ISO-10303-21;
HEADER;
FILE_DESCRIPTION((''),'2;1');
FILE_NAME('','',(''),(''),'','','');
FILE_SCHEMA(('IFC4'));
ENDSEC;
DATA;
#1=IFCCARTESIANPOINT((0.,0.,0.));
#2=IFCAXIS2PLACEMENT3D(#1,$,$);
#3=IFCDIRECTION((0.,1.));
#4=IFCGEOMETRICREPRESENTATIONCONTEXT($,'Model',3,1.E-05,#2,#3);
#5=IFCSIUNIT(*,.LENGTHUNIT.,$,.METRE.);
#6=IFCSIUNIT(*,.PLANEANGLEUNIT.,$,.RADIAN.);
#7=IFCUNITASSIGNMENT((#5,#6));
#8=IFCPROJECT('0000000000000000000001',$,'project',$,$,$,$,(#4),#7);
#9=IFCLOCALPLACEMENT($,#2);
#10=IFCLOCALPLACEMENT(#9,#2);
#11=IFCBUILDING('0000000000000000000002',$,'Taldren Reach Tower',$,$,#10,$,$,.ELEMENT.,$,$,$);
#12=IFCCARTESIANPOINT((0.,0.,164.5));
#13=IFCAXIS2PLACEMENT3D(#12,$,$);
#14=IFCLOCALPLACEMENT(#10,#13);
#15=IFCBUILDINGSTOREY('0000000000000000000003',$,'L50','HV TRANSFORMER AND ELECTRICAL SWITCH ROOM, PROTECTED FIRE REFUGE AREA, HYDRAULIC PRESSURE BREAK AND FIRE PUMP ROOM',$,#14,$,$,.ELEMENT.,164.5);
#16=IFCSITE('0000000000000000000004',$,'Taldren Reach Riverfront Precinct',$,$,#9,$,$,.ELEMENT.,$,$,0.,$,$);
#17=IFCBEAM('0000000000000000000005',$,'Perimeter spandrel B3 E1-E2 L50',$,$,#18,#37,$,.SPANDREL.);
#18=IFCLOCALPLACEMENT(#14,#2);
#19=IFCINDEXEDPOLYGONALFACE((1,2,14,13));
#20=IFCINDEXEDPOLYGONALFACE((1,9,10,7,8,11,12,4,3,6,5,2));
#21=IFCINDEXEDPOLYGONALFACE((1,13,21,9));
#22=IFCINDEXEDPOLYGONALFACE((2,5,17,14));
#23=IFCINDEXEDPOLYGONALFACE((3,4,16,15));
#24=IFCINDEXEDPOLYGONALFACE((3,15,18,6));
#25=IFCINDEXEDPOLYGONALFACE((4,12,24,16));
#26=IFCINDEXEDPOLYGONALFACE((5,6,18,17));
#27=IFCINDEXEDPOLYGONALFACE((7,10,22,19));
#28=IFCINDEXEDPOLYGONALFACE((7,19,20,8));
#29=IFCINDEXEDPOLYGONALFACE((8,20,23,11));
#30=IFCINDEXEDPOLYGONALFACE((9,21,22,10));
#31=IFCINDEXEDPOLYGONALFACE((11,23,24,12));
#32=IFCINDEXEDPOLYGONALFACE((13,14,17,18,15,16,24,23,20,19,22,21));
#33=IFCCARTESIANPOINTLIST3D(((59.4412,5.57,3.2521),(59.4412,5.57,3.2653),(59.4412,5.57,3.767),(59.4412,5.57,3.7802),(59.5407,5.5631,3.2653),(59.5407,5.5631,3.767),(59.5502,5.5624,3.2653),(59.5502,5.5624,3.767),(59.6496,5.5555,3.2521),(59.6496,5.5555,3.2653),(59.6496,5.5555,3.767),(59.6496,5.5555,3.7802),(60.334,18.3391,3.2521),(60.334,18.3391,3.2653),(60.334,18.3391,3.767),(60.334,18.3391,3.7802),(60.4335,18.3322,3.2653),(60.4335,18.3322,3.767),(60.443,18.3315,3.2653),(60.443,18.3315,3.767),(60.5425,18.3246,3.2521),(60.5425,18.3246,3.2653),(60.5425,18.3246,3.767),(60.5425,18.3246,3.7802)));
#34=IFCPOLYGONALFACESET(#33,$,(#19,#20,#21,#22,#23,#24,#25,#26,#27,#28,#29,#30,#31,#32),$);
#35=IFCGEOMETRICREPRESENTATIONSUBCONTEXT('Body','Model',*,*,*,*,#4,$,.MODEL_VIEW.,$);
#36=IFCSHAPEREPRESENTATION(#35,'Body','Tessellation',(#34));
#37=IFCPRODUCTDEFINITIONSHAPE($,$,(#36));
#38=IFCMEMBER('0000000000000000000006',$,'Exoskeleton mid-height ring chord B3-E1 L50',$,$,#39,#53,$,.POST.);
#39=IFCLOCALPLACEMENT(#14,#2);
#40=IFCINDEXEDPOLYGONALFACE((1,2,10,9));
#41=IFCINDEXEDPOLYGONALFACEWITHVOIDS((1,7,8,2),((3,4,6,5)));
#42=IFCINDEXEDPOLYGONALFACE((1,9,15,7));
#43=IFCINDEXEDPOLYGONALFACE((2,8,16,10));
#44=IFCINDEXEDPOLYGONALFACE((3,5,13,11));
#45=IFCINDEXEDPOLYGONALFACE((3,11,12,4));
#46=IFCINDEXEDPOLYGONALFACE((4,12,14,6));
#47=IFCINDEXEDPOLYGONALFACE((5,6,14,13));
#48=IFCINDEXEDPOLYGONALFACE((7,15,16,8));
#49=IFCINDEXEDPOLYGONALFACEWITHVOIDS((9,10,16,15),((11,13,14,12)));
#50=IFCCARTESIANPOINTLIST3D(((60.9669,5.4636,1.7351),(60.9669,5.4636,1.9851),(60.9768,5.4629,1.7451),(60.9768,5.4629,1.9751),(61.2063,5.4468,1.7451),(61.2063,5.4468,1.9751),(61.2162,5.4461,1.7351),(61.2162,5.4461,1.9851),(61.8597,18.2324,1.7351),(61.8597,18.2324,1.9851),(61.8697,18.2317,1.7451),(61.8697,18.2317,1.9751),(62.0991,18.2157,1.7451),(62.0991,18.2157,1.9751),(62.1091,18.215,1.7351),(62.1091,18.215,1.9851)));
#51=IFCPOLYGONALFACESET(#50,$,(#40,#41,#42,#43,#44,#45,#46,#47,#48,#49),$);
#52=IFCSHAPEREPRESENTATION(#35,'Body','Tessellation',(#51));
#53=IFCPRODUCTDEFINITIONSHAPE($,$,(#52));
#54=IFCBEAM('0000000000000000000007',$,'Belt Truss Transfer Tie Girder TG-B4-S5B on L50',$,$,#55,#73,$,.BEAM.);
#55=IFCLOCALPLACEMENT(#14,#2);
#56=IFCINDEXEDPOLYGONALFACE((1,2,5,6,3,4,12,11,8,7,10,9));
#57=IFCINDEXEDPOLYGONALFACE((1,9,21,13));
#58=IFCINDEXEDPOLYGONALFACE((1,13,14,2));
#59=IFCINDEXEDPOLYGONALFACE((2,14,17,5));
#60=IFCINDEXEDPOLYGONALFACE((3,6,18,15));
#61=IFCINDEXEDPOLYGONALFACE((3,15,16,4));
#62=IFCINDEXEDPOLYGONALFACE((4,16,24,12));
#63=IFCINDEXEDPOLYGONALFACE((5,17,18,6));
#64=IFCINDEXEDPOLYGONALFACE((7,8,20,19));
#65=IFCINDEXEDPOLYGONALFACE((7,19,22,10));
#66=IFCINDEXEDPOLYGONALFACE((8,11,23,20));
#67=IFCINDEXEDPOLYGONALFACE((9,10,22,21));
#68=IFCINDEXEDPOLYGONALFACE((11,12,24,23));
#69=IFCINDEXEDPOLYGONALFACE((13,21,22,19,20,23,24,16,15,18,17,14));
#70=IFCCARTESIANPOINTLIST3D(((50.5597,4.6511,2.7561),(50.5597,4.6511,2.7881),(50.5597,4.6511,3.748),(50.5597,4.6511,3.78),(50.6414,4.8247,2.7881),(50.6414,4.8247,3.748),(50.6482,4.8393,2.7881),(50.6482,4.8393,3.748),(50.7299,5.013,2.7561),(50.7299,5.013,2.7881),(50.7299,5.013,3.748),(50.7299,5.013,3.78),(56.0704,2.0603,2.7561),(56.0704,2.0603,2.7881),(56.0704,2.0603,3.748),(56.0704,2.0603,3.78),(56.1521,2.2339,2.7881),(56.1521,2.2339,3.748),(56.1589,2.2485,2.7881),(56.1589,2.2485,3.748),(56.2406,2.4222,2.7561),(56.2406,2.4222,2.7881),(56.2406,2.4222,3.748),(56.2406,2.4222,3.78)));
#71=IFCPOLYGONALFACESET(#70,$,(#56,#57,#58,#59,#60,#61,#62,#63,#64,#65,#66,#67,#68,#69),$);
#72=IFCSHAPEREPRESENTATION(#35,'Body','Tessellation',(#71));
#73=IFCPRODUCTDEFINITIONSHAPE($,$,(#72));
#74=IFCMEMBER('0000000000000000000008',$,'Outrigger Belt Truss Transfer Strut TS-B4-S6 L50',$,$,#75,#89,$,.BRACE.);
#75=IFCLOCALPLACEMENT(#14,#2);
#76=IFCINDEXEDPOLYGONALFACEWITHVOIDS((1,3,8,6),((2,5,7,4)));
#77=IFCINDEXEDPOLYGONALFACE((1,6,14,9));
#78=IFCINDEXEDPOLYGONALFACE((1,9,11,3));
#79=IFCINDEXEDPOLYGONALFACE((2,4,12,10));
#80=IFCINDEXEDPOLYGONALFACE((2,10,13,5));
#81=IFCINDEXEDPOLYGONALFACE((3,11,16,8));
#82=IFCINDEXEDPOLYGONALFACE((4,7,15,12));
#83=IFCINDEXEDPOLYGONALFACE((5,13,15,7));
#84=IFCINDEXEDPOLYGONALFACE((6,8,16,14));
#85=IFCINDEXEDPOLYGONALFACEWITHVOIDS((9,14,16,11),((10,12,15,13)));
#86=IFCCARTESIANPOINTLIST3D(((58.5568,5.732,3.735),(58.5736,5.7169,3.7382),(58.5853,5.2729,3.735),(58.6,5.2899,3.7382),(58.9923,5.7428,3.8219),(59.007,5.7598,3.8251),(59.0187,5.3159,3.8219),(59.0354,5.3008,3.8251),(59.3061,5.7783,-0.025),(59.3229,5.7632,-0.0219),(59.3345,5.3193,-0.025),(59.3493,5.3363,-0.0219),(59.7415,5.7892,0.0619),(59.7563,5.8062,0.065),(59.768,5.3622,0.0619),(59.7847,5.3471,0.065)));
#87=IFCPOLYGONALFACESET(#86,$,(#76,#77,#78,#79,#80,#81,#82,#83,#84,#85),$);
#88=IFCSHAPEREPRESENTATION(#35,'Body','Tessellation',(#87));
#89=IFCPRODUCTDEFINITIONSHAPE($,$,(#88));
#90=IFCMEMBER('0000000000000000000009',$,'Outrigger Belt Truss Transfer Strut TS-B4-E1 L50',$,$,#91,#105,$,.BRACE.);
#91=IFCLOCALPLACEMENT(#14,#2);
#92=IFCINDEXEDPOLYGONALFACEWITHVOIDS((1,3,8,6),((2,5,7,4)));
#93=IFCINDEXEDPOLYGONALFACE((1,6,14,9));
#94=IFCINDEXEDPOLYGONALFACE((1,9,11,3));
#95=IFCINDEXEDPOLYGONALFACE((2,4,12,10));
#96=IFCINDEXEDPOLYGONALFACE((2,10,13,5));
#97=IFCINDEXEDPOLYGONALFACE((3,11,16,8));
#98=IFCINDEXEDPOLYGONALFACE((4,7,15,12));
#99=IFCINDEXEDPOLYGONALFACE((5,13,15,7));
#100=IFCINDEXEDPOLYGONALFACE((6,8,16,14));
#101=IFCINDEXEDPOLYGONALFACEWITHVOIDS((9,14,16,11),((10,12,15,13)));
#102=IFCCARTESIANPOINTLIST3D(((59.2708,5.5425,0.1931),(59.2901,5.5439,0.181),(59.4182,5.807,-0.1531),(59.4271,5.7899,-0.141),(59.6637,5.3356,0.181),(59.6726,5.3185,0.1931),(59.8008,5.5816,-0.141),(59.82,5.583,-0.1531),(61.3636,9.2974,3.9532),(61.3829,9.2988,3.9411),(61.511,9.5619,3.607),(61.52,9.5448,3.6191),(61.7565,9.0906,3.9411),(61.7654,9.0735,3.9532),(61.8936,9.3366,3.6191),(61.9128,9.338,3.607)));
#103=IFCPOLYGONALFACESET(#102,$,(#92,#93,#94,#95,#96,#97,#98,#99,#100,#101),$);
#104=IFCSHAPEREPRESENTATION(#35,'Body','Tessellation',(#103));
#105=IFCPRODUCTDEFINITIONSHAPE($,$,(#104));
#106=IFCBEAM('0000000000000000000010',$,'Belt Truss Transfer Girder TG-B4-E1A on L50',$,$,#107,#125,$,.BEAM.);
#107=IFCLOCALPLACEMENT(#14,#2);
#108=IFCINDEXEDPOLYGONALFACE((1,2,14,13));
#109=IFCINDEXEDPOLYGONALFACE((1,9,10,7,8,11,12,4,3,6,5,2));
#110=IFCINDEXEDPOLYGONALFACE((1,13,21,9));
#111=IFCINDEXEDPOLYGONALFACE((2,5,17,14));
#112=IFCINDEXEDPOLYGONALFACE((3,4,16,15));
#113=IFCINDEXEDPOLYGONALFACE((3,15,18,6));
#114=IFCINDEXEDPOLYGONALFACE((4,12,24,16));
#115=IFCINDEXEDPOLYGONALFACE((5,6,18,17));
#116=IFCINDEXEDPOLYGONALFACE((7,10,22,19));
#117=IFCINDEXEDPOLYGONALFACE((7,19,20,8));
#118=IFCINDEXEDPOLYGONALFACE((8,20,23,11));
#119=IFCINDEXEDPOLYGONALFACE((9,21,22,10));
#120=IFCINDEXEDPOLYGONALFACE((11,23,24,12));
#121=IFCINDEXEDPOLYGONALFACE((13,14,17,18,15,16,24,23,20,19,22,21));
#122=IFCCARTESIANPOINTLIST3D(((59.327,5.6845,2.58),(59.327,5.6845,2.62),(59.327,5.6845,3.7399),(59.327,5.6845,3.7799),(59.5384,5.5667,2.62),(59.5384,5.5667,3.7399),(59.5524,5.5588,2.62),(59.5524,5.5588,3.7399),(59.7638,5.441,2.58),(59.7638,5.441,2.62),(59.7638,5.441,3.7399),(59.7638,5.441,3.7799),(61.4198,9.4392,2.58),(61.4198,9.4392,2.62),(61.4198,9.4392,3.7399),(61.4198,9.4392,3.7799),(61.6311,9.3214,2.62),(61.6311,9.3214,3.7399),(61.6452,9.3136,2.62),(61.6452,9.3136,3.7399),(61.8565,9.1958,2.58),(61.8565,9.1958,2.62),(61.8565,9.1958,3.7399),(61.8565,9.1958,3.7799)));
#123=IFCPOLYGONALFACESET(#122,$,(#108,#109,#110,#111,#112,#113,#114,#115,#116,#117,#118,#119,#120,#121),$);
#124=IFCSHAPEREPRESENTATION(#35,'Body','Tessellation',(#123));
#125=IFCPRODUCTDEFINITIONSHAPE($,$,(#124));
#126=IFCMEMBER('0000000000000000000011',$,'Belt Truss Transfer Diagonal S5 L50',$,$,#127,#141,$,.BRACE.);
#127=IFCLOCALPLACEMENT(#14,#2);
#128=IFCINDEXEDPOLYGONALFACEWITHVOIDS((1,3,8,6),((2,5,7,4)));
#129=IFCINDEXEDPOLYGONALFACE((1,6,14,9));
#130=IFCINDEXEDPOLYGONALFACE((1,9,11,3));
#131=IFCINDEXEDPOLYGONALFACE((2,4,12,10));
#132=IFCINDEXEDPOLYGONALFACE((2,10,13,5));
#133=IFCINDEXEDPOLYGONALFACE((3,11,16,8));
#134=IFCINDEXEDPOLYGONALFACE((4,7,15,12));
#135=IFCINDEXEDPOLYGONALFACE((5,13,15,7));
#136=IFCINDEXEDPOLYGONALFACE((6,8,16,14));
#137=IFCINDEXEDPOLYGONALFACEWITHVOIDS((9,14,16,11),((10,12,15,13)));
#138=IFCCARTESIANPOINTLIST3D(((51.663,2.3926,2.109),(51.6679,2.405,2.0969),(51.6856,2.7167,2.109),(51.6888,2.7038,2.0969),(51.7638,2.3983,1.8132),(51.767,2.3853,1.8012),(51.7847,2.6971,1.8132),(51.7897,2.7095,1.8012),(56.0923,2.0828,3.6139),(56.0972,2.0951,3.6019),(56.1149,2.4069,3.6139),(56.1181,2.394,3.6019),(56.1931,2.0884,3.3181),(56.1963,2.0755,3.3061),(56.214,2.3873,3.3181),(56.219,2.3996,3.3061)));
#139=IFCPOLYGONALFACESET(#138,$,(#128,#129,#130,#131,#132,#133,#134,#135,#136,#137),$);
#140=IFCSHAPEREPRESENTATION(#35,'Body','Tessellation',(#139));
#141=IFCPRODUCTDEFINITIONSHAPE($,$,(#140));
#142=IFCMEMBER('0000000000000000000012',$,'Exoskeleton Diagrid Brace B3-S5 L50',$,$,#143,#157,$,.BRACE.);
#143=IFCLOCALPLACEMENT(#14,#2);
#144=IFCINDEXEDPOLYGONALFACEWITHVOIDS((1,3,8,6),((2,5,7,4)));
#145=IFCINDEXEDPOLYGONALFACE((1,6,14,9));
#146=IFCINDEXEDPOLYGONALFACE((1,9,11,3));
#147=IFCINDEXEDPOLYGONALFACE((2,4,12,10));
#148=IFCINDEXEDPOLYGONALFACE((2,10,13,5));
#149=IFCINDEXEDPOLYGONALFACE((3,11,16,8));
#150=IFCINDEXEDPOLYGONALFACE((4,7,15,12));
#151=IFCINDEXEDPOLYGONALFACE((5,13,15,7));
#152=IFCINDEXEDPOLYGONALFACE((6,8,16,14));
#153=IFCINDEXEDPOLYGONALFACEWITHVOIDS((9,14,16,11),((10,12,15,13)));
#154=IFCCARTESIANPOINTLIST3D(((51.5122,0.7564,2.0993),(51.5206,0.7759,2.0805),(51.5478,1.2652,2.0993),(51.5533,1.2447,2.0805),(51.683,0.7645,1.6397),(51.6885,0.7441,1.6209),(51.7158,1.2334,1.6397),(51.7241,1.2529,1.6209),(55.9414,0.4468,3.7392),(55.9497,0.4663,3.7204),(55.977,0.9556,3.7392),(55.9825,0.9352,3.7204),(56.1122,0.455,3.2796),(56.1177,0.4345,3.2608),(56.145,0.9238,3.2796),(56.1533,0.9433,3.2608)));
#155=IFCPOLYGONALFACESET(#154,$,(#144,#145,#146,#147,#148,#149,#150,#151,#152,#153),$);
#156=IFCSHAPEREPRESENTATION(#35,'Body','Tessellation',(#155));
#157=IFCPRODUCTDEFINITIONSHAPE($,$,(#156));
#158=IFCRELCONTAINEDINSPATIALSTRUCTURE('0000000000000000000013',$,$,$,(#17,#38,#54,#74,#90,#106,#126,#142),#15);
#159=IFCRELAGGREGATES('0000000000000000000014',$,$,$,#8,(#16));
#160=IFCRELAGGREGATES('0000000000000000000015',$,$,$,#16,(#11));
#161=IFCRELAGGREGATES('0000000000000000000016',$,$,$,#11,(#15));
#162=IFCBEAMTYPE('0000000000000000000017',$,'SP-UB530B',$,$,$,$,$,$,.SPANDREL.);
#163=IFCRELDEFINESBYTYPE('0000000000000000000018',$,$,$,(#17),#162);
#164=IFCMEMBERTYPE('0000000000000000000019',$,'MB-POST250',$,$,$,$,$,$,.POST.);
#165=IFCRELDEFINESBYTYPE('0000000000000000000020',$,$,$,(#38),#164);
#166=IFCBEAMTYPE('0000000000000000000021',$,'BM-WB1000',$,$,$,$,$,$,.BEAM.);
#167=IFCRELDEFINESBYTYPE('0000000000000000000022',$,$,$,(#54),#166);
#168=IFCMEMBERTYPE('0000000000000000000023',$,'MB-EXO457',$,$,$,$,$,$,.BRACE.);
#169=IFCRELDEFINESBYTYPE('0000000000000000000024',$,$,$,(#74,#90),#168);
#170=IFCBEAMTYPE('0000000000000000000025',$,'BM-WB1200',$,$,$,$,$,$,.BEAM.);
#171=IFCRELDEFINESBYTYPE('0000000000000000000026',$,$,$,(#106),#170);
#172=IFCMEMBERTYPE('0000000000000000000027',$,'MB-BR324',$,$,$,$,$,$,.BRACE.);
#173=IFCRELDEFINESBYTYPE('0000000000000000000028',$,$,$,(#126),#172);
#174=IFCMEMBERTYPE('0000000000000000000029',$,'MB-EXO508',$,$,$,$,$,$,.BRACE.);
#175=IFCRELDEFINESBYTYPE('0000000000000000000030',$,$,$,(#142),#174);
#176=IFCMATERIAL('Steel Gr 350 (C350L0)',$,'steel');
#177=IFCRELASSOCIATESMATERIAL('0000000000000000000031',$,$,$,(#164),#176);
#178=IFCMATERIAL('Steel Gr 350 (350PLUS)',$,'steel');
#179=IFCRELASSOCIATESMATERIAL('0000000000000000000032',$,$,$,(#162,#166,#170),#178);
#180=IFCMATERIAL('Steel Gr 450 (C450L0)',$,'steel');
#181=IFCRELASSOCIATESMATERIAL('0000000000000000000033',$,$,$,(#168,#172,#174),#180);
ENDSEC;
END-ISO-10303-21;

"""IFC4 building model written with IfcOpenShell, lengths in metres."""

from ifc_helpers import new_model, si_unit, direction, frame, origin, origin_2d, place, context, subcontext, project, spatial, hollow_rectangle, i_section, extrude, source, transform, mapped, material, material_profile, profile_set, type_object, element, save


model = new_model("IFC4")

# Units and contexts
model_context = context("Model", 3, precision=1e-05, world=origin(), true_north=direction((0.0, 1.0)))
body_context = subcontext(model_context, "Body", "Model", "MODEL_VIEW")
ifc_project = project(units=[si_unit("LENGTHUNIT", "METRE"), si_unit("PLANEANGLEUNIT", "RADIAN")], contexts=[model_context])

# Site, building, storey
site_placement = place(None, origin())
site = spatial("IfcSite", under=ifc_project, at=site_placement, Name="Taldren Reach Riverfront Precinct", CompositionType="ELEMENT", RefElevation=0.0)
building_placement = place(site_placement, origin())
building = spatial("IfcBuilding", under=site, at=building_placement, Name="Taldren Reach Tower", CompositionType="ELEMENT")
storey_placement = place(building_placement, frame((0.0, 0.0, 164.5)))
storey = spatial("IfcBuildingStorey", under=building, at=storey_placement, Name="L50", Description="HV TRANSFORMER AND ELECTRICAL SWITCH ROOM, PROTECTED FIRE REFUGE AREA, HYDRAULIC PRESSURE BREAK AND FIRE PUMP ROOM", CompositionType="ELEMENT", Elevation=164.5)

# Shared definitions
ifc_material_1 = material(Name="Steel Gr 450 (C450L0)", Category="steel")
ifc_material_2 = material(Name="Steel Gr 350 (350PLUS)", Category="steel")

# Shared definitions
ifc_material_3 = material(Name="Steel Gr 350 (C350L0)", Category="steel")
ifc_material_profile_1 = material_profile(ifc_material_3, hollow_rectangle(XDim=0.25, YDim=0.25, WallThickness=0.01, at=origin_2d()), Name="250x250x10.0SHS")
ifc_profile_set_1 = profile_set([ifc_material_profile_1], Name="Steel Gr 350 (C350L0)")
member_type_1 = type_object("IfcMemberType", Name="MB-POST250", PredefinedType="POST", material=ifc_profile_set_1)

# Beam
ifc_material_profile_2 = material_profile(ifc_material_2, i_section(OverallWidth=0.209, OverallDepth=0.5281, WebThickness=0.0095, FlangeThickness=0.0132, at=origin_2d()), Name="530UB82.0")
ifc_profile_set_2 = profile_set([ifc_material_profile_2], Name="Steel Gr 350 (350PLUS)")
beam_type_1 = type_object("IfcBeamType", Name="SP-UB530B", PredefinedType="SPANDREL", material=ifc_profile_set_2)
shared_shape_1 = source(origin(), body_context, "Body", "SweptSolid", [
    extrude(i_section(OverallWidth=0.209, OverallDepth=0.5281, WebThickness=0.0095, FlangeThickness=0.0132, at=origin_2d()), origin(), (0.0, 0.0, 1.0), 12.8003),
])
beam_1_placement = place(storey_placement, frame((59.5454, 5.5627, 3.5161), z_axis=(0.069751, 0.997564, 0.0), x_axis=(-0.997564, 0.069751, 0.0)))
element("IfcBeam", 1, at=beam_1_placement, inside=storey, type_object=beam_type_1, Name="Perimeter spandrel B3 E1-E2 L50", PredefinedType="SPANDREL", context=body_context, shape_type="MappedRepresentation", body=[
    mapped(shared_shape_1, transform((0.0, 0.0, 0.0), scale=1.0)),
])

# Member
shared_shape_2 = source(origin(), body_context, "Body", "SweptSolid", [
    extrude(hollow_rectangle(XDim=0.25, YDim=0.25, WallThickness=0.01, at=origin_2d()), origin(), (0.0, 0.0, 1.0), 12.8),
])
member_1_placement = place(storey_placement, frame((61.0916, 5.4548, 1.8601), z_axis=(0.069752, 0.997564, 0.0), x_axis=(-0.997564, 0.069752, 0.0)))
element("IfcMember", 2, at=member_1_placement, inside=storey, type_object=member_type_1, Name="Exoskeleton mid-height ring chord B3-E1 L50", PredefinedType="POST", context=body_context, shape_type="MappedRepresentation", body=[
    mapped(shared_shape_2, transform((0.0, 0.0, 0.0), scale=1.0)),
])

# Beam
ifc_material_profile_3 = material_profile(ifc_material_2, i_section(OverallWidth=0.3999, OverallDepth=1.0239, WebThickness=0.0161, FlangeThickness=0.032, at=origin_2d()), Name="1000WB322")
ifc_profile_set_3 = profile_set([ifc_material_profile_3], Name="Steel Gr 350 (350PLUS)")
beam_type_2 = type_object("IfcBeamType", Name="BM-WB1000", PredefinedType="BEAM", material=ifc_profile_set_3)
shared_shape_3 = source(origin(), body_context, "Body", "SweptSolid", [
    extrude(i_section(OverallWidth=0.3999, OverallDepth=1.0239, WebThickness=0.0161, FlangeThickness=0.032, at=origin_2d()), origin(), (0.0, 0.0, 1.0), 6.0894),
])
beam_2_placement = place(storey_placement, frame((56.1555, 2.2412, 3.2681), z_axis=(-0.904975, 0.425465, 0.0), x_axis=(-0.425465, -0.904975, 0.0)))
element("IfcBeam", 3, at=beam_2_placement, inside=storey, type_object=beam_type_2, Name="Belt Truss Transfer Tie Girder TG-B4-S5B on L50", PredefinedType="BEAM", context=body_context, shape_type="MappedRepresentation", body=[
    mapped(shared_shape_3, transform((0.0, 0.0, 0.0), scale=1.0)),
])

# Members
ifc_material_profile_4 = material_profile(ifc_material_1, hollow_rectangle(XDim=0.46, YDim=0.46, WallThickness=0.0161, at=origin_2d()), Name="460x460x16.0SHS")
ifc_profile_set_4 = profile_set([ifc_material_profile_4], Name="Steel Gr 450 (C450L0)")
member_type_2 = type_object("IfcMemberType", Name="MB-EXO457", PredefinedType="BRACE", material=ifc_profile_set_4)
shared_shape_4 = source(origin(), body_context, "Body", "SweptSolid", [
    extrude(hollow_rectangle(XDim=0.46, YDim=0.46, WallThickness=0.0161, at=origin_2d()), origin(), (0.0, 0.0, 1.0), 3.8342),
])
member_2_placement = place(storey_placement, frame((59.5454, 5.5627, 0.02), z_axis=(-0.195416, -0.012098, 0.980646), x_axis=(0.061791, -0.998089, 0.0)))
element("IfcMember", 4, at=member_2_placement, inside=storey, type_object=member_type_2, Name="Outrigger Belt Truss Transfer Strut TS-B4-S6 L50", PredefinedType="BRACE", context=body_context, shape_type="MappedRepresentation", body=[
    mapped(shared_shape_4, transform((0.0, 0.0, 0.0), scale=1.0)),
])
shared_shape_5 = source(origin(), body_context, "Body", "SweptSolid", [
    extrude(hollow_rectangle(XDim=0.46, YDim=0.46, WallThickness=0.0161, at=origin_2d()), origin(), (0.0, 0.0, 1.0), 5.7112),
])
member_3_placement = place(storey_placement, frame((59.5454, 5.5627, 0.02), z_axis=(0.36644, 0.657472, 0.65837), x_axis=(-0.873492, 0.486838, 0.0)))
element("IfcMember", 5, at=member_3_placement, inside=storey, type_object=member_type_2, Name="Outrigger Belt Truss Transfer Strut TS-B4-E1 L50", PredefinedType="BRACE", context=body_context, shape_type="MappedRepresentation", body=[
    mapped(shared_shape_5, transform((0.0, 0.0, 0.0), scale=1.0)),
])

# Beam
ifc_material_profile_5 = material_profile(ifc_material_2, i_section(OverallWidth=0.5, OverallDepth=1.2, WebThickness=0.0161, FlangeThickness=0.04, at=origin_2d()), Name="1200WB455")
ifc_profile_set_5 = profile_set([ifc_material_profile_5], Name="Steel Gr 350 (350PLUS)")
beam_type_3 = type_object("IfcBeamType", Name="BM-WB1200", PredefinedType="BEAM", material=ifc_profile_set_5)
shared_shape_6 = source(origin(), body_context, "Body", "SweptSolid", [
    extrude(i_section(OverallWidth=0.5, OverallDepth=1.2, WebThickness=0.0161, FlangeThickness=0.04, at=origin_2d()), origin(), (0.0, 0.0, 1.0), 4.2986),
])
beam_3_placement = place(storey_placement, frame((59.5454, 5.5627, 3.1799), z_axis=(0.486838, 0.873492, 0.0), x_axis=(-0.873492, 0.486838, 0.0)))
element("IfcBeam", 6, at=beam_3_placement, inside=storey, type_object=beam_type_3, Name="Belt Truss Transfer Girder TG-B4-E1A on L50", PredefinedType="BEAM", context=body_context, shape_type="MappedRepresentation", body=[
    mapped(shared_shape_6, transform((0.0, 0.0, 0.0), scale=1.0)),
])

# Members
ifc_material_profile_6 = material_profile(ifc_material_1, hollow_rectangle(XDim=0.325, YDim=0.325, WallThickness=0.0127, at=origin_2d()), Name="325x325x12.7SHS")
ifc_profile_set_6 = profile_set([ifc_material_profile_6], Name="Steel Gr 450 (C450L0)")
member_type_3 = type_object("IfcMemberType", Name="MB-BR324", PredefinedType="BRACE", material=ifc_profile_set_6)
shared_shape_7 = source(origin(), body_context, "Body", "SweptSolid", [
    extrude(hollow_rectangle(XDim=0.325, YDim=0.325, WallThickness=0.0127, at=origin_2d()), origin(), (0.0, 0.0, 1.0), 4.6882),
])
member_4_placement = place(storey_placement, frame((51.7263, 2.551, 1.9551), z_axis=(0.944771, -0.066085, 0.320999), x_axis=(0.069778, 0.997563, 0.0)))
element("IfcMember", 7, at=member_4_placement, inside=storey, type_object=member_type_3, Name="Belt Truss Transfer Diagonal S5 L50", PredefinedType="BRACE", context=body_context, shape_type="MappedRepresentation", body=[
    mapped(shared_shape_7, transform((0.0, 0.0, 0.0), scale=1.0)),
])
ifc_material_profile_7 = material_profile(ifc_material_1, hollow_rectangle(XDim=0.51, YDim=0.51, WallThickness=0.02, at=origin_2d()), Name="510x510x20.0SHS")
ifc_profile_set_7 = profile_set([ifc_material_profile_7], Name="Steel Gr 450 (C450L0)")
member_type_4 = type_object("IfcMemberType", Name="MB-EXO508", PredefinedType="BRACE", material=ifc_profile_set_7)
shared_shape_8 = source(origin(), body_context, "Body", "SweptSolid", [
    extrude(hollow_rectangle(XDim=0.51, YDim=0.51, WallThickness=0.02, at=origin_2d()), origin(), (0.0, 0.0, 1.0), 4.7332),
])
member_5_placement = place(storey_placement, frame((51.6182, 1.0046, 1.8601), z_axis=(0.935779, -0.065404, 0.346468), x_axis=(0.069723, 0.997566, 0.0)))
element("IfcMember", 8, at=member_5_placement, inside=storey, type_object=member_type_4, Name="Exoskeleton Diagrid Brace B3-S5 L50", PredefinedType="BRACE", context=body_context, shape_type="MappedRepresentation", body=[
    mapped(shared_shape_8, transform((0.0, 0.0, 0.0), scale=1.0)),
])

save(model, "model.ifc")
